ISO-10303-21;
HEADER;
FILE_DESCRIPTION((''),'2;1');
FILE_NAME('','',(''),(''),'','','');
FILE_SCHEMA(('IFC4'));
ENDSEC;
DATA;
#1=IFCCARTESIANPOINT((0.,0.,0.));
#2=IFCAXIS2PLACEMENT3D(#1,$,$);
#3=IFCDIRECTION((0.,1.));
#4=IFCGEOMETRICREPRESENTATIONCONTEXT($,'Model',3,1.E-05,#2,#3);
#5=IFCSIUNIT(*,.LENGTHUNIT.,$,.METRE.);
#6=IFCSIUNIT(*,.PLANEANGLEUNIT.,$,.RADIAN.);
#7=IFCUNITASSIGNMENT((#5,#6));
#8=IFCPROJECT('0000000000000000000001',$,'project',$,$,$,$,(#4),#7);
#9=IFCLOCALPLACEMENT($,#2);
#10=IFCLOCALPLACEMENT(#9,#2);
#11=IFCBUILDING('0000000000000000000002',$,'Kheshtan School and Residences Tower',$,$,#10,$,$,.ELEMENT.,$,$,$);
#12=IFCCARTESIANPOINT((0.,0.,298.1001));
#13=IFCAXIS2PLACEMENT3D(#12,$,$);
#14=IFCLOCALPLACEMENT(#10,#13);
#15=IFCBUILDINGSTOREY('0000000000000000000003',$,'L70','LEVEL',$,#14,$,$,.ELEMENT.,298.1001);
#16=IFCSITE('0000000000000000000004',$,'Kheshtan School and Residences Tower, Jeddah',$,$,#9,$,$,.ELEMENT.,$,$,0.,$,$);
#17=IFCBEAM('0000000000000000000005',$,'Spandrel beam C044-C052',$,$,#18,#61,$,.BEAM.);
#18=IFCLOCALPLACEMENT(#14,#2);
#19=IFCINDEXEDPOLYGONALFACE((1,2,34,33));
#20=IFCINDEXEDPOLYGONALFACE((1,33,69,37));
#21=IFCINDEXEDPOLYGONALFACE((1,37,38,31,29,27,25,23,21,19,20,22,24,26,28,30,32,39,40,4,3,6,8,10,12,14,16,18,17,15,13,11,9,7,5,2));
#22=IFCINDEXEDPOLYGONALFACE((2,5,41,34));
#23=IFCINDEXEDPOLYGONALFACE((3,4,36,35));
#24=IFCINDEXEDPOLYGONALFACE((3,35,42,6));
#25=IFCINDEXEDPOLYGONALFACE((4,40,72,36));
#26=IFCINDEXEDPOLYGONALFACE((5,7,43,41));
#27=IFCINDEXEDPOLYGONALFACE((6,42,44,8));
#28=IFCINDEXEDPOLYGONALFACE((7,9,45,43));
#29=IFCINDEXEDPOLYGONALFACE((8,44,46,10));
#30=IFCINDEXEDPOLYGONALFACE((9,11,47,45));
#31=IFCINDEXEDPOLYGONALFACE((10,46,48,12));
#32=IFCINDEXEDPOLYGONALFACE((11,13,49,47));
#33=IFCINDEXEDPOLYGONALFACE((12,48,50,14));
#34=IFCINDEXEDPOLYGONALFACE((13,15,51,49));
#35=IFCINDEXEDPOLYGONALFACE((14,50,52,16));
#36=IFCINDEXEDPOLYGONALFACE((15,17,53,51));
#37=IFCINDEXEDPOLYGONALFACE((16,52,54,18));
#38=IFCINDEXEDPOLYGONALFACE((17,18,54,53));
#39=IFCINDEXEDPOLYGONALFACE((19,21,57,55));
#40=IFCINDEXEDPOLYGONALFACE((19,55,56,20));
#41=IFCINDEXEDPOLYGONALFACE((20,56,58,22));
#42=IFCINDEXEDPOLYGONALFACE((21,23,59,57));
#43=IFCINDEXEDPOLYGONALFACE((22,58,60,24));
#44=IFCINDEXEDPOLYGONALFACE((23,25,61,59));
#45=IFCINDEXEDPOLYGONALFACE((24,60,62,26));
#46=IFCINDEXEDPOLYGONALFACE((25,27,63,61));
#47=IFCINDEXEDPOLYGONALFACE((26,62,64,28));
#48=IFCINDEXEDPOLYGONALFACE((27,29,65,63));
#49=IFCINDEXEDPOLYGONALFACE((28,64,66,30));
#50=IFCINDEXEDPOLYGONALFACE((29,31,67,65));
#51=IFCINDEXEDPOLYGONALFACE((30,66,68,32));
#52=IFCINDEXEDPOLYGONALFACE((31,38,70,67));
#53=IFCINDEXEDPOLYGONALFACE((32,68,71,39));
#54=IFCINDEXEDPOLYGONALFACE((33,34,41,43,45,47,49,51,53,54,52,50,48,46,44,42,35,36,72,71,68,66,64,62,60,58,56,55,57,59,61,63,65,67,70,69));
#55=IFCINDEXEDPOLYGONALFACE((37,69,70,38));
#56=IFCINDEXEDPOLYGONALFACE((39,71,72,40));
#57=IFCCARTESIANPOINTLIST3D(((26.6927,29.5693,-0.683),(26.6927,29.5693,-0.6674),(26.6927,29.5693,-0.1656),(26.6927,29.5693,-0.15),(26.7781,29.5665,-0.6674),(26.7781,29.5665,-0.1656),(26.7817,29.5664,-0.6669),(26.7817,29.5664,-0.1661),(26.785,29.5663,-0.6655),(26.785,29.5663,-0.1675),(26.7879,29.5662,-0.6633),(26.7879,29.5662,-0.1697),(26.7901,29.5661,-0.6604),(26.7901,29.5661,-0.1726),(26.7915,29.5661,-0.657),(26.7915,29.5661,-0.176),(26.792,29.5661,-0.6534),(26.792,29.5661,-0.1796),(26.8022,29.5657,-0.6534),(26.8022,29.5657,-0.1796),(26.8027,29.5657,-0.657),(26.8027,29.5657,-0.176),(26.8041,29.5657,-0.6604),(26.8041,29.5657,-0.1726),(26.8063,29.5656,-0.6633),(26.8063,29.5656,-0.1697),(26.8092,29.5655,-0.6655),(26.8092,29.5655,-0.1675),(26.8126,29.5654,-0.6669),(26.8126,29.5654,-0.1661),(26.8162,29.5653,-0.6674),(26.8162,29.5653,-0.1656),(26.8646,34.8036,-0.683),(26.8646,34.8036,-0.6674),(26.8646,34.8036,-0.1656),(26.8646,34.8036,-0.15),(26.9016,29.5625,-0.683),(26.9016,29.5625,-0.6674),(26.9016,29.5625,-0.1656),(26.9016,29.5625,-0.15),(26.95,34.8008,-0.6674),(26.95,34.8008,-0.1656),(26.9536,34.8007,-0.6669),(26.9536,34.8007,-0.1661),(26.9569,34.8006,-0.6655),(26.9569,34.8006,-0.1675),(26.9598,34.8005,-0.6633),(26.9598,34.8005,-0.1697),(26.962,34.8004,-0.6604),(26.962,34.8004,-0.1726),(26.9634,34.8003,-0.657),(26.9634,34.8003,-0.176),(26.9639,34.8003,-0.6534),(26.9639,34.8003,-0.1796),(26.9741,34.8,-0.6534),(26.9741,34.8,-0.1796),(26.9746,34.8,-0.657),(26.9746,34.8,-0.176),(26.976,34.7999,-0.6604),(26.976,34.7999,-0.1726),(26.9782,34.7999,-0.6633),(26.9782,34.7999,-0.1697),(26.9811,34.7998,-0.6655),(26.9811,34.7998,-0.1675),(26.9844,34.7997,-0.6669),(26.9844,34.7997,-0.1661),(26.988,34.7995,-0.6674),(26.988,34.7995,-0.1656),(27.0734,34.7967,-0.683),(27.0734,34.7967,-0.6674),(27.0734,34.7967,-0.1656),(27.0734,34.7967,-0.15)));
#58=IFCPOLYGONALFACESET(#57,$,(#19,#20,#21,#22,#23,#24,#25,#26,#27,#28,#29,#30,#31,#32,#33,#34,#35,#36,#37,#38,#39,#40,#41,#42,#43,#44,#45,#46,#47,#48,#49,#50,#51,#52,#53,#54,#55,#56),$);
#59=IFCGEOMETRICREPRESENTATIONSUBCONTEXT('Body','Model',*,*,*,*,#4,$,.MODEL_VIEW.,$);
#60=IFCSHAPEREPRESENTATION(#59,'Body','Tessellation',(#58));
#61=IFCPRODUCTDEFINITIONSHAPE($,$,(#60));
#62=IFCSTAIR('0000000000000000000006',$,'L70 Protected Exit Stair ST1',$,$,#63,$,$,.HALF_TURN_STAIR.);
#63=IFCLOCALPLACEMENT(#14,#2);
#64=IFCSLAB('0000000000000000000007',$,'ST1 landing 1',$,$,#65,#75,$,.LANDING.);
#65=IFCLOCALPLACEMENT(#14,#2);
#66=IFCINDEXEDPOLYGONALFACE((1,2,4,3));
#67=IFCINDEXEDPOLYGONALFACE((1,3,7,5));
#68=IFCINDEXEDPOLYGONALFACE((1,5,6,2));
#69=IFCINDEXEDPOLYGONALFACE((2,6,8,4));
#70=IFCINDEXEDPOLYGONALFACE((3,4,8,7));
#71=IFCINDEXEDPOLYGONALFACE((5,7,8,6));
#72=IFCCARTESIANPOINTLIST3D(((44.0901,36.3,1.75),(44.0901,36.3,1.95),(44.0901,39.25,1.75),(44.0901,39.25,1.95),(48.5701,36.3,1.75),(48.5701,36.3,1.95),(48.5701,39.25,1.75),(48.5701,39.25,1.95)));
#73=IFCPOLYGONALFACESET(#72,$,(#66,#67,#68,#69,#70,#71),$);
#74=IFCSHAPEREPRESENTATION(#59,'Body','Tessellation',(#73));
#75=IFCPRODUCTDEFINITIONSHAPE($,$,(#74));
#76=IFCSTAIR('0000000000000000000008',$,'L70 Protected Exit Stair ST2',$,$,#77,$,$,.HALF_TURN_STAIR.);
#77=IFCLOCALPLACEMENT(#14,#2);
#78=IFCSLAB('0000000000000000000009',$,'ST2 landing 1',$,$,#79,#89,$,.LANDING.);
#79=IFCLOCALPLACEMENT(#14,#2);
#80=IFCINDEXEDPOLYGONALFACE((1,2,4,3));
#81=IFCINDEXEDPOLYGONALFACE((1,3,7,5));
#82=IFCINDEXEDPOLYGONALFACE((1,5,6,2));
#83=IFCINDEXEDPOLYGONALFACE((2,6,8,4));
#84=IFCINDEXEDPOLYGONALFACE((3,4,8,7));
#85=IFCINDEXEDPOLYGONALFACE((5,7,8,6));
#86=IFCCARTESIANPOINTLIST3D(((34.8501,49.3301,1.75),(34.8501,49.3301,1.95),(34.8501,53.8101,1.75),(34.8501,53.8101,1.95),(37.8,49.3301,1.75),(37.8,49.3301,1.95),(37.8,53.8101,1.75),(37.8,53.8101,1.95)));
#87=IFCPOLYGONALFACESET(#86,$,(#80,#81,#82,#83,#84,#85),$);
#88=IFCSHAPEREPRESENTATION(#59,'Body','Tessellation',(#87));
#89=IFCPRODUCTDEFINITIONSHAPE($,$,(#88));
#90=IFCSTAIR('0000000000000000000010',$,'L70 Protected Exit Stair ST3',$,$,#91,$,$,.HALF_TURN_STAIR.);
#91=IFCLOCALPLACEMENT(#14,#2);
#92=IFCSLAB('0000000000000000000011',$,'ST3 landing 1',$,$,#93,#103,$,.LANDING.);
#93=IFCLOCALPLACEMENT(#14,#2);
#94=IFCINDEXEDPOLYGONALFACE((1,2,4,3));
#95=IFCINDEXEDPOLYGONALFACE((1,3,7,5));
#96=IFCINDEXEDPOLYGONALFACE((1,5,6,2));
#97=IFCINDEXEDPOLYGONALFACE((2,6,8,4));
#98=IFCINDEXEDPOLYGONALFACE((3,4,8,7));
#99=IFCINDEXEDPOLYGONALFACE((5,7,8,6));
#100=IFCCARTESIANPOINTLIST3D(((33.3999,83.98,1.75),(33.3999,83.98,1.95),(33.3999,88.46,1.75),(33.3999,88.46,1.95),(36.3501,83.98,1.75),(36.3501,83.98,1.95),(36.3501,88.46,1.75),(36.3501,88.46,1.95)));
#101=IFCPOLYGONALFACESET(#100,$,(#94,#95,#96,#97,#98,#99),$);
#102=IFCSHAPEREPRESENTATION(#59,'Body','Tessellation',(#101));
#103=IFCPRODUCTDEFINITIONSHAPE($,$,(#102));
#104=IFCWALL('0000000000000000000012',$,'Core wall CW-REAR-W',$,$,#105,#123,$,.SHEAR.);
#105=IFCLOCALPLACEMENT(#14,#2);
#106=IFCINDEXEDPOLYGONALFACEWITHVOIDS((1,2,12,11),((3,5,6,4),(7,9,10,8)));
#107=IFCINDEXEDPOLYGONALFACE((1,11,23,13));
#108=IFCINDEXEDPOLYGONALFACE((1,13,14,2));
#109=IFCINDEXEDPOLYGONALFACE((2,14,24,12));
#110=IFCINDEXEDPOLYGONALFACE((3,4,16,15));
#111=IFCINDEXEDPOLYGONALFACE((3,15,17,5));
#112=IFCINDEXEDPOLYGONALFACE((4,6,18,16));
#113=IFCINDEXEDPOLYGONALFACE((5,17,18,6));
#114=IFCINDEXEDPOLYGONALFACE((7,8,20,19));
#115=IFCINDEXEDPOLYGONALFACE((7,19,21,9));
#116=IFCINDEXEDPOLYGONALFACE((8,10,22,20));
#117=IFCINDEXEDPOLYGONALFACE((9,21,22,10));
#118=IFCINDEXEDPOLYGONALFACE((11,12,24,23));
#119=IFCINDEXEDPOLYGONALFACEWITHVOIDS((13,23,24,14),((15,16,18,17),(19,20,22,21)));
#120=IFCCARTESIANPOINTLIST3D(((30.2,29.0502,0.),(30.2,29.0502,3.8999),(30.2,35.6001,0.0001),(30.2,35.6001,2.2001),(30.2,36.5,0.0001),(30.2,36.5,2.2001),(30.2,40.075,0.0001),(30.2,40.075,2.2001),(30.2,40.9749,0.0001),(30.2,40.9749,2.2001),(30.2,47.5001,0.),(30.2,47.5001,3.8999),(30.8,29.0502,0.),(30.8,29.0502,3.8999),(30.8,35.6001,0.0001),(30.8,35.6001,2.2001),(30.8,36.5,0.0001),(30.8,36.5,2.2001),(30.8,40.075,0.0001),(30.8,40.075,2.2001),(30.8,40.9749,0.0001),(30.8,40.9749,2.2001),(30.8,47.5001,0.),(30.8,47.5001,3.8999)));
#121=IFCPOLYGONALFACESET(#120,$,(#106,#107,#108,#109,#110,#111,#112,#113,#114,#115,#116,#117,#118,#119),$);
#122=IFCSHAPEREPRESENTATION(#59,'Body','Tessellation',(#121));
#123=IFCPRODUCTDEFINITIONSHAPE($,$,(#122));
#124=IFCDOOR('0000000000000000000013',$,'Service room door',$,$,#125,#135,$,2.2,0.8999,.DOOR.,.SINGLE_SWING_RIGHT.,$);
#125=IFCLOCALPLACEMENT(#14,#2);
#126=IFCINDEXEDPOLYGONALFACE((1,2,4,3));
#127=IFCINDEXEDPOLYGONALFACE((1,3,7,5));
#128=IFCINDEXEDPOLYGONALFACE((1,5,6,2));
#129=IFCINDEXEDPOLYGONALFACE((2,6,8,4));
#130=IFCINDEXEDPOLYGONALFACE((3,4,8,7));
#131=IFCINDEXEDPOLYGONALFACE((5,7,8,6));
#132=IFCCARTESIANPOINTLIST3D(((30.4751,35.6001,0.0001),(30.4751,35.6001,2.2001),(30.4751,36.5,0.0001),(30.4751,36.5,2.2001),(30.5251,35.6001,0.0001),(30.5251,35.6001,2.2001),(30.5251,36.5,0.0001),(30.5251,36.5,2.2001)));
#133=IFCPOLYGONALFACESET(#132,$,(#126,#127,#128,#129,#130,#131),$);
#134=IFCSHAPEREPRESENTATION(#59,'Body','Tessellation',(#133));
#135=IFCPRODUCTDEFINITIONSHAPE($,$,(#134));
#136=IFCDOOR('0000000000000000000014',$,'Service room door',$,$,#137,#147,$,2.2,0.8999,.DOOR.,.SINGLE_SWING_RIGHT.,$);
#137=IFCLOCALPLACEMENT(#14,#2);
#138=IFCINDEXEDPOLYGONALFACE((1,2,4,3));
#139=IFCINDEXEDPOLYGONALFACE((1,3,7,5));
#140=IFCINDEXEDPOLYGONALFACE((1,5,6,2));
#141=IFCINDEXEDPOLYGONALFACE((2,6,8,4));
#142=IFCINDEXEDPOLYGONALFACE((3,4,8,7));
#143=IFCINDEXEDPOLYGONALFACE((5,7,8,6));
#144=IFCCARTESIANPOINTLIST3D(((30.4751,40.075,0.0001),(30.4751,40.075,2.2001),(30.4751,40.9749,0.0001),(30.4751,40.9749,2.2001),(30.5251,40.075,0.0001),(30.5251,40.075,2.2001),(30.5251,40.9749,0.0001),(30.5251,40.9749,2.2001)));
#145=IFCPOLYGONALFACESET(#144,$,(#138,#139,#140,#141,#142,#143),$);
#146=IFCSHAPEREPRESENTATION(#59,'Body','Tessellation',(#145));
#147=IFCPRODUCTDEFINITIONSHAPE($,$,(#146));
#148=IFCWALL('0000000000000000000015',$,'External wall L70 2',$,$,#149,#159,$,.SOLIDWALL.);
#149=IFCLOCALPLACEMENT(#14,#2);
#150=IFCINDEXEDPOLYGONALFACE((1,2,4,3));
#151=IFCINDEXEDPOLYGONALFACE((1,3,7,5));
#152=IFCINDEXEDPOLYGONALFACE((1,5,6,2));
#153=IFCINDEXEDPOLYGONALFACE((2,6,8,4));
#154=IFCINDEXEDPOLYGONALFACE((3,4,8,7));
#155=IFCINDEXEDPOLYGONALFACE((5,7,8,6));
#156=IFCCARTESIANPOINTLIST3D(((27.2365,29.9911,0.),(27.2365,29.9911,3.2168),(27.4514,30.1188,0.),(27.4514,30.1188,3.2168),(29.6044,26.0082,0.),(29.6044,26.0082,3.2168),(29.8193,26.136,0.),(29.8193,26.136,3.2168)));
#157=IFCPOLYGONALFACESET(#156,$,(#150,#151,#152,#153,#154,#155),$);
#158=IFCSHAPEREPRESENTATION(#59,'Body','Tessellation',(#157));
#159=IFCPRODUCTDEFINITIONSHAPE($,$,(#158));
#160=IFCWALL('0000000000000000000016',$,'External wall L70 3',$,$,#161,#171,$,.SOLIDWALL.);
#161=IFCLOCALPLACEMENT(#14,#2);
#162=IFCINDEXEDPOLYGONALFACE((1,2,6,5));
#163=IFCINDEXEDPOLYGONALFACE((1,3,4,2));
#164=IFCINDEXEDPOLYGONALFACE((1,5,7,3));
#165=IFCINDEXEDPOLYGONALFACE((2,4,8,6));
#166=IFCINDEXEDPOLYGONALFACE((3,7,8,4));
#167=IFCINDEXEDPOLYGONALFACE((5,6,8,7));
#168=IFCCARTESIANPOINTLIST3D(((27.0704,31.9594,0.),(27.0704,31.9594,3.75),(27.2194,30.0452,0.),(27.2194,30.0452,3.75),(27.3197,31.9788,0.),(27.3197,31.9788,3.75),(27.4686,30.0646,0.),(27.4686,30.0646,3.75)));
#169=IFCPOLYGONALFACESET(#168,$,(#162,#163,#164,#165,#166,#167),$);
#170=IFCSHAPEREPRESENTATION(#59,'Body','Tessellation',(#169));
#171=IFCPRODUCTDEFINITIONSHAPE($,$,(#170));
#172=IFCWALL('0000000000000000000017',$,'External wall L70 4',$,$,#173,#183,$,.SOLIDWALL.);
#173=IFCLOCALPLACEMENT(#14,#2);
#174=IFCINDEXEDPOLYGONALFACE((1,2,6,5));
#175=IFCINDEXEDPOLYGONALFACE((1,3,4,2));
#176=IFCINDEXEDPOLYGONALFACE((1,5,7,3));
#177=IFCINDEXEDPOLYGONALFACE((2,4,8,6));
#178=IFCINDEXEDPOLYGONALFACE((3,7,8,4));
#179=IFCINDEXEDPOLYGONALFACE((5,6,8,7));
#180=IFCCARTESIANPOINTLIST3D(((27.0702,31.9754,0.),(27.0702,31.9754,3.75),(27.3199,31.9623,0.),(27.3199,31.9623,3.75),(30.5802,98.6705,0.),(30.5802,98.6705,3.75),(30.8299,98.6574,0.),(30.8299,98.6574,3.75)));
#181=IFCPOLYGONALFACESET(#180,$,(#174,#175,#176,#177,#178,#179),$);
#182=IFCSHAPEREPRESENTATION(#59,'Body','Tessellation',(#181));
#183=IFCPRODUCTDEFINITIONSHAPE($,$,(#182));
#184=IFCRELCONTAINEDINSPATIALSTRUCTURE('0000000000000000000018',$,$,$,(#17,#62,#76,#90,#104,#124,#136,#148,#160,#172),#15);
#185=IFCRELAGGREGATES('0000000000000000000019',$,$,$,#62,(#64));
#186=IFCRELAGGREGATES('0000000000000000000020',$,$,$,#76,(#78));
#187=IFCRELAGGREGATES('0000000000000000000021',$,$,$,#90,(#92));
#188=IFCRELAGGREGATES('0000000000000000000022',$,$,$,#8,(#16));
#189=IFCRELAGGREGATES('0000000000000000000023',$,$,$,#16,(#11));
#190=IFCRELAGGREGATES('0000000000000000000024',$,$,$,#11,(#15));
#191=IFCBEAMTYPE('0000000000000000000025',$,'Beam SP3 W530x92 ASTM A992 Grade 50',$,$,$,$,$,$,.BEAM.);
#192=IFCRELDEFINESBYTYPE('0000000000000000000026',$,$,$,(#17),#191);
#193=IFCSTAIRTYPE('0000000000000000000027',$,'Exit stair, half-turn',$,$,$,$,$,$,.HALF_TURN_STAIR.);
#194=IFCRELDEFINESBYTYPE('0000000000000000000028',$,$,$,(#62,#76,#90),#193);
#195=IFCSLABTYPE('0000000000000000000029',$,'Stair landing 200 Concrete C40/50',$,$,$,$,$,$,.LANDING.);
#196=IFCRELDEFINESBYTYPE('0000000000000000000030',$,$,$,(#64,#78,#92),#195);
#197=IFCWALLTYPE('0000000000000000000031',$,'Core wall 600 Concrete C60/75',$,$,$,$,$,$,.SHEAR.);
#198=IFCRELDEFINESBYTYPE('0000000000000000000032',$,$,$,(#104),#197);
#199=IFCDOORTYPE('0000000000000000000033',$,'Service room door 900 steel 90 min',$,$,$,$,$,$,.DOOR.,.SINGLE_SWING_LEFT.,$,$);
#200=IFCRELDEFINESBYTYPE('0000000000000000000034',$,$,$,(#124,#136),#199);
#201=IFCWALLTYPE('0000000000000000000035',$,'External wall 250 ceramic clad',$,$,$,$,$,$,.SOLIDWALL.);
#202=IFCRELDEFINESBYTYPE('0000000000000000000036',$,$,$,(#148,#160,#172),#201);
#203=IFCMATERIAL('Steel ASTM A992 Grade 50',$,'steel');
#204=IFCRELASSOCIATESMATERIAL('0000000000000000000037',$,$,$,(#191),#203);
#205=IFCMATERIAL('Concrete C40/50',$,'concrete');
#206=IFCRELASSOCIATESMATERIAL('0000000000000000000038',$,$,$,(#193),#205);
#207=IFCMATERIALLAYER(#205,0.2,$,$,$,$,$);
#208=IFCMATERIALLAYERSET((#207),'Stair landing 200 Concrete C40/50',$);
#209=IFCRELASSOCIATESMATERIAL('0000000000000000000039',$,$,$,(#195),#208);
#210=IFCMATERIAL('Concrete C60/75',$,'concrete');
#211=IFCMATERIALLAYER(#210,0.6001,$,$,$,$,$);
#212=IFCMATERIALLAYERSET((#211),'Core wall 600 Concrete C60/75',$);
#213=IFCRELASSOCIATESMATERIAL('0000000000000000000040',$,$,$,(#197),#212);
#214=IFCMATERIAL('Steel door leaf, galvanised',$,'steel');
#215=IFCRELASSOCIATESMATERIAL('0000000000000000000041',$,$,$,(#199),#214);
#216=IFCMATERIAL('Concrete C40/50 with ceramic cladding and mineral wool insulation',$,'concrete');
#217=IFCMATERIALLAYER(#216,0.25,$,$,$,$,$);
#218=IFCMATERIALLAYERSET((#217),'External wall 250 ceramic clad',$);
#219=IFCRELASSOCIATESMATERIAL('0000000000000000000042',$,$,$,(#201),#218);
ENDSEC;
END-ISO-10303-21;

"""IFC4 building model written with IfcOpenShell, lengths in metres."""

from ifc_helpers import new_model, si_unit, direction, frame, frame_2d, origin, origin_2d, place, context, subcontext, project, spatial, polyline, rectangle, i_section, outline, extrude, source, transform, mapped, material, layer, layer_set, material_profile, profile_set, type_object, element, fill, aggregate, save


model = new_model("IFC4")

# Units and contexts
model_context = context("Model", 3, precision=1e-05, world=origin(), true_north=direction((0.0, 1.0)))
body_context = subcontext(model_context, "Body", "Model", "MODEL_VIEW")
ifc_project = project(units=[si_unit("LENGTHUNIT", "METRE"), si_unit("PLANEANGLEUNIT", "RADIAN")], contexts=[model_context])

# Site, building, storey
site_placement = place(None, origin())
site = spatial("IfcSite", under=ifc_project, at=site_placement, Name="Kheshtan School and Residences Tower, Jeddah", CompositionType="ELEMENT", RefElevation=0.0)
building_placement = place(site_placement, origin())
building = spatial("IfcBuilding", under=site, at=building_placement, Name="Kheshtan School and Residences Tower", CompositionType="ELEMENT")
storey_placement = place(building_placement, frame((0.0, 0.0, 298.1001)))
storey = spatial("IfcBuildingStorey", under=building, at=storey_placement, Name="L70", Description="LEVEL", CompositionType="ELEMENT", Elevation=298.1001)

# Shared definitions
ifc_material_1 = material(Name="Steel ASTM A992 Grade 50", Category="steel")

# Beam
ifc_material_profile_1 = material_profile(ifc_material_1, i_section(OverallWidth=0.209, OverallDepth=0.533, WebThickness=0.0103, FlangeThickness=0.0156, FilletRadius=0.0139, at=origin_2d()), Name="W530x92")
ifc_profile_set_1 = profile_set([ifc_material_profile_1], Name="Steel ASTM A992 Grade 50")
beam_type_1 = type_object("IfcBeamType", Name="Beam SP3 W530x92 ASTM A992 Grade 50", PredefinedType="BEAM", material=ifc_profile_set_1)
beam_1_placement = place(storey_placement, frame((26.7971, 29.5659, -0.4165), z_axis=(0.03282, 0.999461, 0.0), x_axis=(-0.999461, 0.03282, 0.0)))
element("IfcBeam", 1, at=beam_1_placement, inside=storey, type_object=beam_type_1, Name="Spandrel beam C044-C052", PredefinedType="BEAM", context=body_context, shape_type="SweptSolid", body=[
    extrude(i_section(OverallWidth=0.209, OverallDepth=0.533, WebThickness=0.0103, FlangeThickness=0.0156, FilletRadius=0.0139, at=origin_2d()), origin(), (0.0, 0.0, 1.0), 5.2371),
])

# Shared definitions
ifc_material_2 = material(Name="Concrete C40/50", Category="concrete")

# Stairs, slabs
stair_type = type_object("IfcStairType", Name="Exit stair, half-turn", PredefinedType="HALF_TURN_STAIR", material=ifc_material_2)
stair_1_placement = place(storey_placement, origin())
stair_1 = element("IfcStair", 2, at=stair_1_placement, inside=storey, type_object=stair_type, Name="L70 Protected Exit Stair ST1", PredefinedType="HALF_TURN_STAIR")
ifc_layer_1 = layer(ifc_material_2, 0.2)
ifc_layer_set_1 = layer_set([ifc_layer_1], Name="Stair landing 200 Concrete C40/50")
slab_type_1 = type_object("IfcSlabType", Name="Stair landing 200 Concrete C40/50", PredefinedType="LANDING", material=ifc_layer_set_1)
slab_1_placement = place(storey_placement, frame((0.0, 0.0, 1.75)))
slab_1 = element("IfcSlab", 3, at=slab_1_placement, type_object=slab_type_1, Name="ST1 landing 1", PredefinedType="LANDING", context=body_context, shape_type="SweptSolid", body=[
    extrude(outline(polyline([(48.5701, 39.25), (44.0901, 39.25), (44.0901, 36.3), (48.5701, 36.3), (48.5701, 39.25)])), origin(), (0.0, 0.0, 1.0), 0.2),
])
aggregate(stair_1, [slab_1])
stair_2_placement = place(storey_placement, origin())
stair_2 = element("IfcStair", 4, at=stair_2_placement, inside=storey, type_object=stair_type, Name="L70 Protected Exit Stair ST2", PredefinedType="HALF_TURN_STAIR")
slab_2_placement = place(storey_placement, frame((0.0, 0.0, 1.75)))
slab_2 = element("IfcSlab", 5, at=slab_2_placement, type_object=slab_type_1, Name="ST2 landing 1", PredefinedType="LANDING", context=body_context, shape_type="SweptSolid", body=[
    extrude(outline(polyline([(37.8, 49.3301), (37.8, 53.8101), (34.8501, 53.8101), (34.8501, 49.3301), (37.8, 49.3301)])), origin(), (0.0, 0.0, 1.0), 0.2),
])
aggregate(stair_2, [slab_2])
stair_3_placement = place(storey_placement, origin())
stair_3 = element("IfcStair", 6, at=stair_3_placement, inside=storey, type_object=stair_type, Name="L70 Protected Exit Stair ST3", PredefinedType="HALF_TURN_STAIR")
slab_3_placement = place(storey_placement, frame((0.0, 0.0, 1.75)))
slab_3 = element("IfcSlab", 7, at=slab_3_placement, type_object=slab_type_1, Name="ST3 landing 1", PredefinedType="LANDING", context=body_context, shape_type="SweptSolid", body=[
    extrude(outline(polyline([(36.3501, 83.98), (36.3501, 88.46), (33.3999, 88.46), (33.3999, 83.98), (36.3501, 83.98)])), origin(), (0.0, 0.0, 1.0), 0.2),
])
aggregate(stair_3, [slab_3])

# Wall, openings, doors
ifc_material_3 = material(Name="Concrete C60/75", Category="concrete")
ifc_layer_2 = layer(ifc_material_3, 0.6001)
ifc_layer_set_2 = layer_set([ifc_layer_2], Name="Core wall 600 Concrete C60/75")
wall_type_1 = type_object("IfcWallType", Name="Core wall 600 Concrete C60/75", PredefinedType="SHEAR", material=ifc_layer_set_2)
wall_1_placement = place(storey_placement, frame((30.5, 29.05, 0.0), z_axis=(0.0, 0.0, 1.0), x_axis=(0.0, 1.0, 0.0)))
wall_1 = element("IfcWall", 8, at=wall_1_placement, inside=storey, type_object=wall_type_1, Name="Core wall CW-REAR-W", PredefinedType="SHEAR", context=body_context, shape_type="SweptSolid", body=[
    extrude(rectangle(XDim=18.45, YDim=0.6001, at=frame_2d((9.2251, 0.0))), origin(), (0.0, 0.0, 1.0), 3.8999),
])
opening_1_placement = place(wall_1_placement, frame((6.55, 0.0, 0.0)))
opening_1 = element("IfcOpeningElement", 9, at=opening_1_placement, cuts=wall_1, PredefinedType="OPENING", context=body_context, shape_type="SweptSolid", body=[
    extrude(rectangle(XDim=0.8999, YDim=2.2, at=frame_2d((0.45, 1.1001))), frame((0.0, 0.3101, 0.0), z_axis=(0.0, -1.0, 0.0), x_axis=(1.0, 0.0, 0.0)), (0.0, 0.0, 1.0), 0.6201),
])
opening_2_placement = place(wall_1_placement, frame((11.0249, 0.0, 0.0)))
opening_2 = element("IfcOpeningElement", 10, at=opening_2_placement, cuts=wall_1, PredefinedType="OPENING", context=body_context, shape_type="SweptSolid", body=[
    extrude(rectangle(XDim=0.8999, YDim=2.2, at=frame_2d((0.45, 1.1001))), frame((0.0, 0.3101, 0.0), z_axis=(0.0, -1.0, 0.0), x_axis=(1.0, 0.0, 0.0)), (0.0, 0.0, 1.0), 0.6201),
])
ifc_material_4 = material(Name="Steel door leaf, galvanised", Category="steel")
door_type = type_object("IfcDoorType", Name="Service room door 900 steel 90 min", OperationType="SINGLE_SWING_LEFT", PredefinedType="DOOR", material=ifc_material_4)
shared_shape = source(origin(), body_context, "Body", "SweptSolid", [
    extrude(rectangle(XDim=0.8999, YDim=2.2, at=frame_2d((0.45, 1.1001))), frame((0.0, 0.0249, 0.0), z_axis=(0.0, -1.0, 0.0), x_axis=(1.0, 0.0, 0.0)), (0.0, 0.0, 1.0), 0.05),
])
door_1_placement = place(opening_1_placement, origin())
door_1 = element("IfcDoor", 11, at=door_1_placement, inside=storey, type_object=door_type, Name="Service room door", OperationType="SINGLE_SWING_RIGHT", OverallHeight=2.2, OverallWidth=0.8999, PredefinedType="DOOR", context=body_context, shape_type="MappedRepresentation", body=[
    mapped(shared_shape, transform((0.0, 0.0, 0.0), x_axis=(1.0, 0.0, 0.0), y_axis=(0.0, 1.0, 0.0), z_axis=(0.0, 0.0, 1.0), scale=1.0)),
])
fill(opening_1, door_1)
door_2_placement = place(opening_2_placement, origin())
door_2 = element("IfcDoor", 12, at=door_2_placement, inside=storey, type_object=door_type, Name="Service room door", OperationType="SINGLE_SWING_RIGHT", OverallHeight=2.2, OverallWidth=0.8999, PredefinedType="DOOR", context=body_context, shape_type="MappedRepresentation", body=[
    mapped(shared_shape, transform((0.0, 0.0, 0.0), x_axis=(1.0, 0.0, 0.0), y_axis=(0.0, 1.0, 0.0), z_axis=(0.0, 0.0, 1.0), scale=1.0)),
])
fill(opening_2, door_2)

# Walls
ifc_material_5 = material(Name="Concrete C40/50 with ceramic cladding and mineral wool insulation", Category="concrete")
ifc_layer_3 = layer(ifc_material_5, 0.25)
ifc_layer_set_3 = layer_set([ifc_layer_3], Name="External wall 250 ceramic clad")
wall_type_2 = type_object("IfcWallType", Name="External wall 250 ceramic clad", PredefinedType="SOLIDWALL", material=ifc_layer_set_3)
wall_2_placement = place(storey_placement, frame((29.7119, 26.072, 0.0), z_axis=(0.0, 0.0, 1.0), x_axis=(-0.511028, 0.859564, 0.0)))
element("IfcWall", 13, at=wall_2_placement, inside=storey, type_object=wall_type_2, Name="External wall L70 2", PredefinedType="SOLIDWALL", context=body_context, shape_type="SweptSolid", body=[
    extrude(rectangle(XDim=4.6335, YDim=0.25, at=frame_2d((2.3169, 0.0))), origin(), (0.0, 0.0, 1.0), 3.2168),
])
wall_3_placement = place(storey_placement, frame((27.344, 30.0549, 0.0), z_axis=(0.0, 0.0, 1.0), x_axis=(-0.077572, 0.996987, 0.0)))
element("IfcWall", 14, at=wall_3_placement, inside=storey, type_object=wall_type_2, Name="External wall L70 3", PredefinedType="SOLIDWALL", context=body_context, shape_type="SweptSolid", body=[
    extrude(rectangle(XDim=1.9199, YDim=0.25, at=frame_2d((0.96, 0.0))), origin(), (0.0, 0.0, 1.0), 3.75),
])
wall_4_placement = place(storey_placement, frame((27.1951, 31.969, 0.0), z_axis=(0.0, 0.0, 1.0), x_axis=(0.052555, 0.998618, 0.0)))
element("IfcWall", 15, at=wall_4_placement, inside=storey, type_object=wall_type_2, Name="External wall L70 4", PredefinedType="SOLIDWALL", context=body_context, shape_type="SweptSolid", body=[
    extrude(rectangle(XDim=66.7874, YDim=0.25, at=frame_2d((33.3936, 0.0))), origin(), (0.0, 0.0, 1.0), 3.75),
])

save(model, "model.ifc")
